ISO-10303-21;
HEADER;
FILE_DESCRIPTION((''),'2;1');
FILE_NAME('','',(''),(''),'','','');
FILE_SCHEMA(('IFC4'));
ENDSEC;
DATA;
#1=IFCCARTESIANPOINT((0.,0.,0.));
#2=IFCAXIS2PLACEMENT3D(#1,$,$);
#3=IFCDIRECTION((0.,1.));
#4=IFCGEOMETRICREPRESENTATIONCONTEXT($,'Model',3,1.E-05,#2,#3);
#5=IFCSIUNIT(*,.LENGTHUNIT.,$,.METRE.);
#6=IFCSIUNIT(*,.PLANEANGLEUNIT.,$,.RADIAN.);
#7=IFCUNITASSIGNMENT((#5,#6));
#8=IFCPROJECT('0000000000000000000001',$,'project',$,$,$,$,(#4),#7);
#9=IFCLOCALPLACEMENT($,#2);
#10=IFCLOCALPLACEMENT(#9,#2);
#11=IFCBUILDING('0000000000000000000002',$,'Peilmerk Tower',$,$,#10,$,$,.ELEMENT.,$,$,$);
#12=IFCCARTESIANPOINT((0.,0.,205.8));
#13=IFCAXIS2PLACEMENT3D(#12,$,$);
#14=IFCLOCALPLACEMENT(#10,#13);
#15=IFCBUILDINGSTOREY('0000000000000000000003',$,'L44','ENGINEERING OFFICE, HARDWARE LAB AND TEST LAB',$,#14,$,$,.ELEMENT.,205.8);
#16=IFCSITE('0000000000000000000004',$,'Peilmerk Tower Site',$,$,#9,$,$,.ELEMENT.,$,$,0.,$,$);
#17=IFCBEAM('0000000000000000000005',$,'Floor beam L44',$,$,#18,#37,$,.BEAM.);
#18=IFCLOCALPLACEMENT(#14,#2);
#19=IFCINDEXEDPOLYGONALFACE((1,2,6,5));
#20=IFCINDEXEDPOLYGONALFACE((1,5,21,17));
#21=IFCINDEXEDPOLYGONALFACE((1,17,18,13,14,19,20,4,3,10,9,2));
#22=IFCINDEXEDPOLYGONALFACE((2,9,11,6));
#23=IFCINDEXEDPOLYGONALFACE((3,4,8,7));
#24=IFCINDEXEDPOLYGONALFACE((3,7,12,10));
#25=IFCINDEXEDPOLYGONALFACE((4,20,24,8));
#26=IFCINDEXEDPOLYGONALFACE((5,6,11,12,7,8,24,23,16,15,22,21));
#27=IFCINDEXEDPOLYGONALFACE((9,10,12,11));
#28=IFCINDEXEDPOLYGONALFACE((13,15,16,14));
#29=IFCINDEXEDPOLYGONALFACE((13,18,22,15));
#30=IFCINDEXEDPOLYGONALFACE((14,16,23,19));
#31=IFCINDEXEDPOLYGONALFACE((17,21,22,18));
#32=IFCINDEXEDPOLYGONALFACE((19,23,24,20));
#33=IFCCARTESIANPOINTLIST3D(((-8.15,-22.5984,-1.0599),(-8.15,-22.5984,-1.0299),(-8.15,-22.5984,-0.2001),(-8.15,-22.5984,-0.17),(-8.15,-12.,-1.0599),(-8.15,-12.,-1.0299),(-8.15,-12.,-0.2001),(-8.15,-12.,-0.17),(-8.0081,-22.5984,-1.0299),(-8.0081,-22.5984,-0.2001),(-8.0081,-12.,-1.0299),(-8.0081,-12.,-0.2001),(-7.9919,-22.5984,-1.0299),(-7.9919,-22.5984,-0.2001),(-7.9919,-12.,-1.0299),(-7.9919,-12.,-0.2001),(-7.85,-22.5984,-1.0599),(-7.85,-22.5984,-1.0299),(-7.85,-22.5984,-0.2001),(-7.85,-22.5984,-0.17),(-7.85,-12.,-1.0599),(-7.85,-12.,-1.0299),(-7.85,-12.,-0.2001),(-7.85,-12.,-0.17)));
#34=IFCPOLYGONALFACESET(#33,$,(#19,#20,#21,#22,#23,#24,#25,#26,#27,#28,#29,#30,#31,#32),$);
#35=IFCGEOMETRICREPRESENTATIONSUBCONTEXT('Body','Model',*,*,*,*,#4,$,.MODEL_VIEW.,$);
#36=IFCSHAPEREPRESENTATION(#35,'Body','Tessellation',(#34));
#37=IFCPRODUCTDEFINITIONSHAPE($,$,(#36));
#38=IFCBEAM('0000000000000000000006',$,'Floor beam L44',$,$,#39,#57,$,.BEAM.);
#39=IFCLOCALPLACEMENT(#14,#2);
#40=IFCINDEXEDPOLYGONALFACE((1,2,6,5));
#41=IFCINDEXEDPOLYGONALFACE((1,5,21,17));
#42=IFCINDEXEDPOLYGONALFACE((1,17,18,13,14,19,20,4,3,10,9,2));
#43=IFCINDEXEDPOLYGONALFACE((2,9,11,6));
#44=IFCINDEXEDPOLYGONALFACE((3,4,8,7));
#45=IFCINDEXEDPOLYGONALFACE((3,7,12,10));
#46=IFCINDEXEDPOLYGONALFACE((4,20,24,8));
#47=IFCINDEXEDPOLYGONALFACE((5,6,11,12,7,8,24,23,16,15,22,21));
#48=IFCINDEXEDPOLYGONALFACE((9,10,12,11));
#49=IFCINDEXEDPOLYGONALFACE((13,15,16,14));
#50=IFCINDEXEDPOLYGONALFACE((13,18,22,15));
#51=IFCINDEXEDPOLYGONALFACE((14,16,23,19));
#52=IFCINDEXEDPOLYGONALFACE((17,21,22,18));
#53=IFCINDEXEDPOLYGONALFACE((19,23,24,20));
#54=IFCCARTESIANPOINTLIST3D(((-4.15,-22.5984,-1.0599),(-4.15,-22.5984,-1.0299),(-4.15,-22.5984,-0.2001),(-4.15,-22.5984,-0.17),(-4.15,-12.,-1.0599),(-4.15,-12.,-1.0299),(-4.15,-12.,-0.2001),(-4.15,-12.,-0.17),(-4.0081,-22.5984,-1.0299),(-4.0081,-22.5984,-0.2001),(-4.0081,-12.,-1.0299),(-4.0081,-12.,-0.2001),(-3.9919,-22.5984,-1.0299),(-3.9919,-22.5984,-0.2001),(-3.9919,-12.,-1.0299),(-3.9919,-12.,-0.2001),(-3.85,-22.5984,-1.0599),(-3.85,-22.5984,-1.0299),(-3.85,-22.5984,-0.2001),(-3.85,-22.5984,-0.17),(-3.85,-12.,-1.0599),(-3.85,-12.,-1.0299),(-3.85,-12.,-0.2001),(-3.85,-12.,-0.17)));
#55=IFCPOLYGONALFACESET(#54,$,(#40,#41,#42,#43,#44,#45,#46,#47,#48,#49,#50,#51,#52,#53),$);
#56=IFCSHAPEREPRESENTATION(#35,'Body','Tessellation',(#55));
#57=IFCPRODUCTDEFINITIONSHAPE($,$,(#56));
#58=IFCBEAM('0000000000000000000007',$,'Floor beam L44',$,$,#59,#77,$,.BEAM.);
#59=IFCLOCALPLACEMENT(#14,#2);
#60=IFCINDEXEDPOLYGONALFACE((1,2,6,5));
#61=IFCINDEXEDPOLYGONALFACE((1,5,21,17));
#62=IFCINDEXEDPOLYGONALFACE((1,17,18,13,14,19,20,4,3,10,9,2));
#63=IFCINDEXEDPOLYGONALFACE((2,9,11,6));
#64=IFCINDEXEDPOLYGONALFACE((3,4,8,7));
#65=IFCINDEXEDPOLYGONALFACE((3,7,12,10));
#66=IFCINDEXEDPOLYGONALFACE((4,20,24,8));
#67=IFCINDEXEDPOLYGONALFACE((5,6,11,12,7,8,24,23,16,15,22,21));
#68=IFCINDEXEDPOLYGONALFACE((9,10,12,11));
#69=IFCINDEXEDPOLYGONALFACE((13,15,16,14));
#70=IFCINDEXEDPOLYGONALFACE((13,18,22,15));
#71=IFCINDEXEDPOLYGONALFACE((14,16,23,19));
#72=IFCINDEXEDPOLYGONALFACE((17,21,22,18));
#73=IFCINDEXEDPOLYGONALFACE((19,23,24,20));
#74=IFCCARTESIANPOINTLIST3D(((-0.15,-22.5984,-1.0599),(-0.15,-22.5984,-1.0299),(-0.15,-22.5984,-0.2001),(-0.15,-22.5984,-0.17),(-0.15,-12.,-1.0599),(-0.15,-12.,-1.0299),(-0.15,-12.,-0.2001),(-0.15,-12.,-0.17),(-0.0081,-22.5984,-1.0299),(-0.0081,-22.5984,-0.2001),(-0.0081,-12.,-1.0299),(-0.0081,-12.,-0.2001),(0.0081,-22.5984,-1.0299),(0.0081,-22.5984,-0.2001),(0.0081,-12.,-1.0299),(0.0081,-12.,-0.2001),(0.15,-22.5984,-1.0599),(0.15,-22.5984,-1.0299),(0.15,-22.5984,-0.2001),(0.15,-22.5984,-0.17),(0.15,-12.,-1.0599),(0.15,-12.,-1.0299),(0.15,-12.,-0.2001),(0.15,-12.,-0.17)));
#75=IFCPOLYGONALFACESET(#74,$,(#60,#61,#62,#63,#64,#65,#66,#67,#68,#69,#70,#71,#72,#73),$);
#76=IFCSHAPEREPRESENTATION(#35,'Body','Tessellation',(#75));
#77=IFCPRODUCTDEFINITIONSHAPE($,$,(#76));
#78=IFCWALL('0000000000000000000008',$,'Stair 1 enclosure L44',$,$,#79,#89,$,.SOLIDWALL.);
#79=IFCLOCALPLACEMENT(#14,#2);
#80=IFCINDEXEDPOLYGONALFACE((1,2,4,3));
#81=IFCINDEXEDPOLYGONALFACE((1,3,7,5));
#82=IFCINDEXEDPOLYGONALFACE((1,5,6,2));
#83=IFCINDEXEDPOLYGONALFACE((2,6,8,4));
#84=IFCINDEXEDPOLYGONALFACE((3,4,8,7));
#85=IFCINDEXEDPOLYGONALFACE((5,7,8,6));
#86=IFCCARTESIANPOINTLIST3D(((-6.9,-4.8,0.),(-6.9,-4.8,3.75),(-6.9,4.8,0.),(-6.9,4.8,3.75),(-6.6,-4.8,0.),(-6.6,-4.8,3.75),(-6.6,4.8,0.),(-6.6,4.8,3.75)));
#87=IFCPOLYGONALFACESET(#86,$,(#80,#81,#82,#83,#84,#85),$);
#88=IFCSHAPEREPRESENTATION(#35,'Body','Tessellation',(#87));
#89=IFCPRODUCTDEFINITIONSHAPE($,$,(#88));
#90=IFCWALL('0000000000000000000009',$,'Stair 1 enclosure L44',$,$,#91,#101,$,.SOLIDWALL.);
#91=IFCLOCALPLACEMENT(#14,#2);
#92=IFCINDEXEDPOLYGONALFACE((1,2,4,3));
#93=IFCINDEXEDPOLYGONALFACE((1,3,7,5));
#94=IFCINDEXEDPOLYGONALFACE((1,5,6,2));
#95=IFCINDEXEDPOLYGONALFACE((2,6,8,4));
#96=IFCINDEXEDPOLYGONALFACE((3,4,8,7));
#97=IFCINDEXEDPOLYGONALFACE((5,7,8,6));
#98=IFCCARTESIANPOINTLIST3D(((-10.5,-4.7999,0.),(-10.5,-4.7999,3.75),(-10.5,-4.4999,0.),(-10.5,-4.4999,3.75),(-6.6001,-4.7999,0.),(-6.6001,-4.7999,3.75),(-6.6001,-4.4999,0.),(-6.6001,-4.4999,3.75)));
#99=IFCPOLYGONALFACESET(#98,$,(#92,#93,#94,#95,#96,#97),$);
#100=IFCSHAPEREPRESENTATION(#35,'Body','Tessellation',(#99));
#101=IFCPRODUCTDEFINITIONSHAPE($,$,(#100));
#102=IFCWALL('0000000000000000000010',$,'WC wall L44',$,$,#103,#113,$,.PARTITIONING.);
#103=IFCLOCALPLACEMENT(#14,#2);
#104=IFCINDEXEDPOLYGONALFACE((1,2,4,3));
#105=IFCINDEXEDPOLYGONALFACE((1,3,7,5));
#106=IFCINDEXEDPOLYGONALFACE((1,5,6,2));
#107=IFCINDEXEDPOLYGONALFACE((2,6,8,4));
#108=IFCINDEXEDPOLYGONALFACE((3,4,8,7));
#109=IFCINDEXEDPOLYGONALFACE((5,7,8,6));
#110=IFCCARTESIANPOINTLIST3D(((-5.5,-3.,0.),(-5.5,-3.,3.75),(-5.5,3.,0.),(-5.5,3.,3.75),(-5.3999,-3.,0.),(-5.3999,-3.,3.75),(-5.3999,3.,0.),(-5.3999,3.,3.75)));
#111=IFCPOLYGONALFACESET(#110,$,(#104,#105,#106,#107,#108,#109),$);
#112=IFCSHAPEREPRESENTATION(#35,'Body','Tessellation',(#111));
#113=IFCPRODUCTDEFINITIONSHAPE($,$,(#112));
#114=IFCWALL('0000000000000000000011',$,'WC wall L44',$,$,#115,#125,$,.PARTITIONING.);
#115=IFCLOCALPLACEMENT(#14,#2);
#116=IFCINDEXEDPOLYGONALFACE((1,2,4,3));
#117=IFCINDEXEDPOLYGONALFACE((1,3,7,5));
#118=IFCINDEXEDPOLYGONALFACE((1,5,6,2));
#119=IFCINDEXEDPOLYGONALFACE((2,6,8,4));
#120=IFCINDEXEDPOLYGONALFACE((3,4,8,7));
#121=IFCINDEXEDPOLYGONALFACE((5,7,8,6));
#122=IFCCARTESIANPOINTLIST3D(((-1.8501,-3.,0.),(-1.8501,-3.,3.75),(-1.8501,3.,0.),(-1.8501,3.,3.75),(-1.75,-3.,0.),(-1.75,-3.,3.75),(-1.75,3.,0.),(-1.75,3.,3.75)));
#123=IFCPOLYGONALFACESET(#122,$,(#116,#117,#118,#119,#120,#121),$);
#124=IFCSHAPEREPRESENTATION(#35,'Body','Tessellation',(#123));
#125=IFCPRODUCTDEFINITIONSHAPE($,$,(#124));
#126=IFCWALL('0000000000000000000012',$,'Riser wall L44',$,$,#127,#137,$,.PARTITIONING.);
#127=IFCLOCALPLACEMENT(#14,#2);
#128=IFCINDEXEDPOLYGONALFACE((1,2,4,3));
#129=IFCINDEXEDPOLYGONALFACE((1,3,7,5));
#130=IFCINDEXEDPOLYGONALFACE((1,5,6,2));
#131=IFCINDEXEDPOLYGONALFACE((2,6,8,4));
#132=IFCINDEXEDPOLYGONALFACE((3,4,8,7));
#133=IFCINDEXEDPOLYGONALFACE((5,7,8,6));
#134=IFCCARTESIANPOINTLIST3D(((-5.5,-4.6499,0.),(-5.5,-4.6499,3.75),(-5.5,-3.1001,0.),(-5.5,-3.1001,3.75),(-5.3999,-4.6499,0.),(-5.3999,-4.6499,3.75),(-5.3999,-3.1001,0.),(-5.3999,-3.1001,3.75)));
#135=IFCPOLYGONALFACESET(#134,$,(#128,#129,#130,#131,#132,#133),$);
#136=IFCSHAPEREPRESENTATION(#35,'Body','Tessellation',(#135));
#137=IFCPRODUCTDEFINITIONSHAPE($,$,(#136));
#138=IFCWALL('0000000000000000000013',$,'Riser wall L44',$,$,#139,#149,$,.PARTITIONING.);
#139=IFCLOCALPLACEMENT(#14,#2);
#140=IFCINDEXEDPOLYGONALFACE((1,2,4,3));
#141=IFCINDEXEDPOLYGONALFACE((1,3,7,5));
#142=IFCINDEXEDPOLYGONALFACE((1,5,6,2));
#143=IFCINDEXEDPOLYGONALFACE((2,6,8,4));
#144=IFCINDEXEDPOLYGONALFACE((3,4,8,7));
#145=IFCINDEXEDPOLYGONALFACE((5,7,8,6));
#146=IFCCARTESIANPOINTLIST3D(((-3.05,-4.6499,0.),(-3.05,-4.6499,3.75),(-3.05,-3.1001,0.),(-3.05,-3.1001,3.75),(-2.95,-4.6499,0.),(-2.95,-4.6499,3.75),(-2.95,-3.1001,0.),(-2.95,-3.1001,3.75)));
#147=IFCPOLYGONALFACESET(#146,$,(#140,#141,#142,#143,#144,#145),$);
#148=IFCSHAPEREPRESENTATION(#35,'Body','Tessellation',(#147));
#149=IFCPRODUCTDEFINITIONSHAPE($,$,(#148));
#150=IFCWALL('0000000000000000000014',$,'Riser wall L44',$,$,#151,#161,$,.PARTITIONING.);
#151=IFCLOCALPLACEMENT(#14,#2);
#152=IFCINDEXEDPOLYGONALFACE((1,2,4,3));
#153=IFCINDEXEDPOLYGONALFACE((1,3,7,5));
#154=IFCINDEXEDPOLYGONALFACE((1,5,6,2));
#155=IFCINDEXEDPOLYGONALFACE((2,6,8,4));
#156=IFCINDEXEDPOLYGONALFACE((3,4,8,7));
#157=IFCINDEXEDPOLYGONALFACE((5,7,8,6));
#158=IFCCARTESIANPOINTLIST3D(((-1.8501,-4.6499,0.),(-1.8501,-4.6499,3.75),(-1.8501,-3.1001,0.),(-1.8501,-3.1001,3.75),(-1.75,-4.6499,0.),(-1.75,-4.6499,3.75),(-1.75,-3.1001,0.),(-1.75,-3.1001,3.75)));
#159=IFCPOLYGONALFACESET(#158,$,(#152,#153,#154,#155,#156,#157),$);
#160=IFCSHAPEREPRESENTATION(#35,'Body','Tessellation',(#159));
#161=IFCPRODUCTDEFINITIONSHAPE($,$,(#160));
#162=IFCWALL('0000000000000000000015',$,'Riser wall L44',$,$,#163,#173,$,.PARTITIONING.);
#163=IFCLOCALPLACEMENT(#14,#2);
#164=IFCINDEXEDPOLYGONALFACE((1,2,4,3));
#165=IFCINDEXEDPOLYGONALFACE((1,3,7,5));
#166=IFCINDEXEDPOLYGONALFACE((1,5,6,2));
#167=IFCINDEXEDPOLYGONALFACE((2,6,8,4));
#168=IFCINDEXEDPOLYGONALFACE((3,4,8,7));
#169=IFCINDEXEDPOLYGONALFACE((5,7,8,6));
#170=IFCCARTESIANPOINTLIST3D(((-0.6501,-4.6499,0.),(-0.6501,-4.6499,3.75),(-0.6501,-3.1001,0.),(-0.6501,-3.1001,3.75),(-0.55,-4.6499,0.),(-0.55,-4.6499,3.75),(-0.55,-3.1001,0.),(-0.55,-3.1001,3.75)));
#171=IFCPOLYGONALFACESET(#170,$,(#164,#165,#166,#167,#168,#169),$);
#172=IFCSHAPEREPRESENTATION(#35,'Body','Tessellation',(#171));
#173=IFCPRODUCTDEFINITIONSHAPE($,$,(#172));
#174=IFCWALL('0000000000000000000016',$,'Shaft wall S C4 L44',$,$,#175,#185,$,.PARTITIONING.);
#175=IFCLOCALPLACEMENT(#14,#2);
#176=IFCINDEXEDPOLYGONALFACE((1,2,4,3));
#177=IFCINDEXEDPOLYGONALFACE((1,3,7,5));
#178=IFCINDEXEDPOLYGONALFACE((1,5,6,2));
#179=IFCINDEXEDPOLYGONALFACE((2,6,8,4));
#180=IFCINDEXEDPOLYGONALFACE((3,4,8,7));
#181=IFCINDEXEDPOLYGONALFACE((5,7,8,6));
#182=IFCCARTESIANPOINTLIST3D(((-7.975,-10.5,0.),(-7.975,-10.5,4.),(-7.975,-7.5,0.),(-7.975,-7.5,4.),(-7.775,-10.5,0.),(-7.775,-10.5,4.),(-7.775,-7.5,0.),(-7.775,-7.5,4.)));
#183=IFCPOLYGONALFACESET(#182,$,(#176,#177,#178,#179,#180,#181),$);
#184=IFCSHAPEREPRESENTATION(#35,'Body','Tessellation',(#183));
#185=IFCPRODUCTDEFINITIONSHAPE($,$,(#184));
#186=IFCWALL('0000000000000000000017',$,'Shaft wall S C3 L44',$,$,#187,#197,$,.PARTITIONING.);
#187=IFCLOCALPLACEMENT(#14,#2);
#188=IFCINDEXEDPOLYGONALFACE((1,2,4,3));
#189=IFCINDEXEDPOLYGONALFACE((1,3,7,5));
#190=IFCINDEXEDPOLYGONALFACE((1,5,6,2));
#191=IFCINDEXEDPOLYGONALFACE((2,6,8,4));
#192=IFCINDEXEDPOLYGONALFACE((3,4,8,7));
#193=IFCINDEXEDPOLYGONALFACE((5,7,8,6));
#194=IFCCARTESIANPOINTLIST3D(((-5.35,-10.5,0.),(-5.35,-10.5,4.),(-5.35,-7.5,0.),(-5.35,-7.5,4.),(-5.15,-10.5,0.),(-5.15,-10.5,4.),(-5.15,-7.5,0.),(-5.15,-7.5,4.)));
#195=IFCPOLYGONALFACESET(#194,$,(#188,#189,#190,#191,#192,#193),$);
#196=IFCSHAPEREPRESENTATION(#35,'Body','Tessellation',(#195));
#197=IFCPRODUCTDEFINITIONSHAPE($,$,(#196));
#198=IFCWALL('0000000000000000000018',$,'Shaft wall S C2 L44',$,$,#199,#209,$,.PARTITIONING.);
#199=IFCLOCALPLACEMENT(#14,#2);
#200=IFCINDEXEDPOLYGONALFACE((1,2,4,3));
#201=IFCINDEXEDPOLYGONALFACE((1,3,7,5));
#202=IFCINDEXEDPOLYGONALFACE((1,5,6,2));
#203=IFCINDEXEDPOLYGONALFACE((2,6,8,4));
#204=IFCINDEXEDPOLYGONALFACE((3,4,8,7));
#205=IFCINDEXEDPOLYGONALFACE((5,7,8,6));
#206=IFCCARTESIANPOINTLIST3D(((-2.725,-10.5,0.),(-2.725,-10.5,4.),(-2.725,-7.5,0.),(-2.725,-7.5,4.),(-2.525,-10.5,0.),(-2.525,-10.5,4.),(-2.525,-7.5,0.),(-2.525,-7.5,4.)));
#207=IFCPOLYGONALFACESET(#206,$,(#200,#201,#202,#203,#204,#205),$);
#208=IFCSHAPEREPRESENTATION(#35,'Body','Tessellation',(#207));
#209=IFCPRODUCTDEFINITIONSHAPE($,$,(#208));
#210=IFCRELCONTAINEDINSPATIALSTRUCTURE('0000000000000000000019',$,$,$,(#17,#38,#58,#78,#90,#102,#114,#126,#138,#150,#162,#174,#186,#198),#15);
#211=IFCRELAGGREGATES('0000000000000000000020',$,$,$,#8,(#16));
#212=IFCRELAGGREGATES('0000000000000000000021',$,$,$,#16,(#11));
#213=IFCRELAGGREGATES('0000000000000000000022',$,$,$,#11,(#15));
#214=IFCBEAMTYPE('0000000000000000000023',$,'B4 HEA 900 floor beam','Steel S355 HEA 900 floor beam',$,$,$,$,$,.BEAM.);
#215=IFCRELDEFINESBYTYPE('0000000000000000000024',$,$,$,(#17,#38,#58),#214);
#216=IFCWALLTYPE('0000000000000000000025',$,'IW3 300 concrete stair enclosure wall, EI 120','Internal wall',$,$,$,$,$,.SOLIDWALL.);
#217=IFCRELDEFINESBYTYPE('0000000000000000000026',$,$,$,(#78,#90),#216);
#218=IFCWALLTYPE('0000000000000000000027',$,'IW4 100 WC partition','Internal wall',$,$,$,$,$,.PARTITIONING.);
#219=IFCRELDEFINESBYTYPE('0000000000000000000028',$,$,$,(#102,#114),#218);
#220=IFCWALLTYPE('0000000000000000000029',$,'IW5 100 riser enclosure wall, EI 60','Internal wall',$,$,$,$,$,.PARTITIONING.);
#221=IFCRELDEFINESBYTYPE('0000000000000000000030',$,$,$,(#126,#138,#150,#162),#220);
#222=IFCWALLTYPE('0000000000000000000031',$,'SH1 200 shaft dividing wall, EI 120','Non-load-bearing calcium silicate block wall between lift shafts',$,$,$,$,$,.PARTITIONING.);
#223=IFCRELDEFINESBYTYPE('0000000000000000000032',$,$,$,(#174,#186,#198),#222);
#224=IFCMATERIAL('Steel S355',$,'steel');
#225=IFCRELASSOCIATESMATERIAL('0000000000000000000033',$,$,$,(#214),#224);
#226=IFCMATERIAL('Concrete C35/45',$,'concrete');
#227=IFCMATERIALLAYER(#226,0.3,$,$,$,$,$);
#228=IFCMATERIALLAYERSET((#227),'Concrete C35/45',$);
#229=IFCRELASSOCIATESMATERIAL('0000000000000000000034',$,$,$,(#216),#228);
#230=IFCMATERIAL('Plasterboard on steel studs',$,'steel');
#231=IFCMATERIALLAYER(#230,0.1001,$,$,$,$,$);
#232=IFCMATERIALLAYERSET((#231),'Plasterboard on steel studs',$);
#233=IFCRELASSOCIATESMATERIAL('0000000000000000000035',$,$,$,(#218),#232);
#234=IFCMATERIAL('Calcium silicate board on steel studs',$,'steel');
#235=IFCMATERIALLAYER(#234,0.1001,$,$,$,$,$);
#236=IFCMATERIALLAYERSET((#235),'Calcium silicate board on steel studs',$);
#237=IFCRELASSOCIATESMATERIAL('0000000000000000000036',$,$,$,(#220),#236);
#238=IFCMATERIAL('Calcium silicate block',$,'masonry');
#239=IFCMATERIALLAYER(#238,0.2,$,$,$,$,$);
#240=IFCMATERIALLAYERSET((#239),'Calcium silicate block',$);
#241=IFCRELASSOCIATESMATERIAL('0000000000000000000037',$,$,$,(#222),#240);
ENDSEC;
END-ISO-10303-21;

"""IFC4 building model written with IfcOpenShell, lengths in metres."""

from ifc_helpers import new_model, si_unit, direction, frame, frame_2d, origin, origin_2d, place, context, subcontext, project, spatial, rectangle, i_section, extrude, material, layer, layer_set, material_profile, profile_set, type_object, element, save


model = new_model("IFC4")

# Units and contexts
model_context = context("Model", 3, precision=1e-05, world=origin(), true_north=direction((0.0, 1.0)))
body_context = subcontext(model_context, "Body", "Model", "MODEL_VIEW")
ifc_project = project(units=[si_unit("LENGTHUNIT", "METRE"), si_unit("PLANEANGLEUNIT", "RADIAN")], contexts=[model_context])

# Site, building, storey
site_placement = place(None, origin())
site = spatial("IfcSite", under=ifc_project, at=site_placement, Name="Peilmerk Tower Site", CompositionType="ELEMENT", RefElevation=0.0)
building_placement = place(site_placement, origin())
building = spatial("IfcBuilding", under=site, at=building_placement, Name="Peilmerk Tower", CompositionType="ELEMENT")
storey_placement = place(building_placement, frame((0.0, 0.0, 205.8)))
storey = spatial("IfcBuildingStorey", under=building, at=storey_placement, Name="L44", Description="ENGINEERING OFFICE, HARDWARE LAB AND TEST LAB", CompositionType="ELEMENT", Elevation=205.8)

# Beams
ifc_material_1 = material(Name="Steel S355", Category="steel")
ifc_material_profile = material_profile(ifc_material_1, i_section(OverallWidth=0.3, OverallDepth=0.8899, WebThickness=0.0161, FlangeThickness=0.03, at=origin_2d()), Name="HEA 900")
ifc_profile_set = profile_set([ifc_material_profile], Name="Steel S355")
beam_type = type_object("IfcBeamType", Name="B4 HEA 900 floor beam", Description="Steel S355 HEA 900 floor beam", PredefinedType="BEAM", material=ifc_profile_set)
for number, where, z_axis, x_axis, name in (
    (1, (-8.0, -12.0, -0.615), (0.0, -1.0, 0.0), (1.0, 0.0, 0.0), "Floor beam L44"),
    (2, (-4.0, -12.0, -0.615), (0.0, -1.0, 0.0), (1.0, 0.0, 0.0), "Floor beam L44"),
    (3, (0.0, -12.0, -0.615), (0.0, -1.0, 0.0), (1.0, 0.0, 0.0), "Floor beam L44"),
):
    element("IfcBeam", number, at=place(storey_placement, frame(where, z_axis=z_axis, x_axis=x_axis)), inside=storey, type_object=beam_type, Name=name, PredefinedType="BEAM", context=body_context, shape_type="SweptSolid", body=[
        extrude(i_section(OverallWidth=0.3, OverallDepth=0.8899, WebThickness=0.0161, FlangeThickness=0.03, at=origin_2d()), origin(), (0.0, 0.0, 1.0), 10.5984),
    ])

# Walls
ifc_material_2 = material(Name="Concrete C35/45", Category="concrete")
ifc_layer_1 = layer(ifc_material_2, 0.3)
ifc_layer_set_1 = layer_set([ifc_layer_1], Name="Concrete C35/45")
wall_type_1 = type_object("IfcWallType", Name="IW3 300 concrete stair enclosure wall, EI 120", Description="Internal wall", PredefinedType="SOLIDWALL", material=ifc_layer_set_1)
wall_1_placement = place(storey_placement, frame((-6.75, -4.8, 0.0), z_axis=(0.0, 0.0, 1.0), x_axis=(0.0, 1.0, 0.0)))
element("IfcWall", 4, at=wall_1_placement, inside=storey, type_object=wall_type_1, Name="Stair 1 enclosure L44", PredefinedType="SOLIDWALL", context=body_context, shape_type="SweptSolid", body=[
    extrude(rectangle(XDim=9.6001, YDim=0.3, at=frame_2d((4.8, 0.0))), origin(), (0.0, 0.0, 1.0), 3.75),
])
wall_2_placement = place(storey_placement, frame((-6.6001, -4.6499, 0.0), z_axis=(0.0, 0.0, 1.0), x_axis=(-1.0, 0.0, 0.0)))
element("IfcWall", 5, at=wall_2_placement, inside=storey, type_object=wall_type_1, Name="Stair 1 enclosure L44", PredefinedType="SOLIDWALL", context=body_context, shape_type="SweptSolid", body=[
    extrude(rectangle(XDim=3.8999, YDim=0.3, at=frame_2d((1.95, 0.0))), origin(), (0.0, 0.0, 1.0), 3.75),
])
ifc_material_3 = material(Name="Plasterboard on steel studs", Category="steel")
ifc_layer_2 = layer(ifc_material_3, 0.1001)
ifc_layer_set_2 = layer_set([ifc_layer_2], Name="Plasterboard on steel studs")
wall_type_2 = type_object("IfcWallType", Name="IW4 100 WC partition", Description="Internal wall", PredefinedType="PARTITIONING", material=ifc_layer_set_2)
for number, where, z_axis, x_axis, name in (
    (6, (-5.45, -3.0, 0.0), (0.0, 0.0, 1.0), (0.0, 1.0, 0.0), "WC wall L44"),
    (7, (-1.8, -3.0, 0.0), (0.0, 0.0, 1.0), (0.0, 1.0, 0.0), "WC wall L44"),
):
    element("IfcWall", number, at=place(storey_placement, frame(where, z_axis=z_axis, x_axis=x_axis)), inside=storey, type_object=wall_type_2, Name=name, PredefinedType="PARTITIONING", context=body_context, shape_type="SweptSolid", body=[
        extrude(rectangle(XDim=6.0, YDim=0.1001, at=frame_2d((3.0, 0.0))), origin(), (0.0, 0.0, 1.0), 3.75),
    ])
ifc_material_4 = material(Name="Calcium silicate board on steel studs", Category="steel")
ifc_layer_3 = layer(ifc_material_4, 0.1001)
ifc_layer_set_3 = layer_set([ifc_layer_3], Name="Calcium silicate board on steel studs")
wall_type_3 = type_object("IfcWallType", Name="IW5 100 riser enclosure wall, EI 60", Description="Internal wall", PredefinedType="PARTITIONING", material=ifc_layer_set_3)
for number, where, z_axis, x_axis, name in (
    (8, (-5.45, -3.1001, 0.0), (0.0, 0.0, 1.0), (0.0, -1.0, 0.0), "Riser wall L44"),
    (9, (-3.0, -3.1001, 0.0), (0.0, 0.0, 1.0), (0.0, -1.0, 0.0), "Riser wall L44"),
    (10, (-1.8, -3.1001, 0.0), (0.0, 0.0, 1.0), (0.0, -1.0, 0.0), "Riser wall L44"),
    (11, (-0.6001, -3.1001, 0.0), (0.0, 0.0, 1.0), (0.0, -1.0, 0.0), "Riser wall L44"),
):
    element("IfcWall", number, at=place(storey_placement, frame(where, z_axis=z_axis, x_axis=x_axis)), inside=storey, type_object=wall_type_3, Name=name, PredefinedType="PARTITIONING", context=body_context, shape_type="SweptSolid", body=[
        extrude(rectangle(XDim=1.5498, YDim=0.1001, at=frame_2d((0.7749, 0.0))), origin(), (0.0, 0.0, 1.0), 3.75),
    ])
ifc_material_5 = material(Name="Calcium silicate block", Category="masonry")
ifc_layer_4 = layer(ifc_material_5, 0.2)
ifc_layer_set_4 = layer_set([ifc_layer_4], Name="Calcium silicate block")
wall_type_4 = type_object("IfcWallType", Name="SH1 200 shaft dividing wall, EI 120", Description="Non-load-bearing calcium silicate block wall between lift shafts", PredefinedType="PARTITIONING", material=ifc_layer_set_4)
for number, where, z_axis, x_axis, name in (
    (12, (-7.875, -10.5, 0.0), (0.0, 0.0, 1.0), (0.0, 1.0, 0.0), "Shaft wall S C4 L44"),
    (13, (-5.25, -10.5, 0.0), (0.0, 0.0, 1.0), (0.0, 1.0, 0.0), "Shaft wall S C3 L44"),
    (14, (-2.625, -10.5, 0.0), (0.0, 0.0, 1.0), (0.0, 1.0, 0.0), "Shaft wall S C2 L44"),
):
    element("IfcWall", number, at=place(storey_placement, frame(where, z_axis=z_axis, x_axis=x_axis)), inside=storey, type_object=wall_type_4, Name=name, PredefinedType="PARTITIONING", context=body_context, shape_type="SweptSolid", body=[
        extrude(rectangle(XDim=3.0, YDim=0.2, at=frame_2d((1.5, 0.0))), origin(), (0.0, 0.0, 1.0), 4.0),
    ])

save(model, "model.ifc")
